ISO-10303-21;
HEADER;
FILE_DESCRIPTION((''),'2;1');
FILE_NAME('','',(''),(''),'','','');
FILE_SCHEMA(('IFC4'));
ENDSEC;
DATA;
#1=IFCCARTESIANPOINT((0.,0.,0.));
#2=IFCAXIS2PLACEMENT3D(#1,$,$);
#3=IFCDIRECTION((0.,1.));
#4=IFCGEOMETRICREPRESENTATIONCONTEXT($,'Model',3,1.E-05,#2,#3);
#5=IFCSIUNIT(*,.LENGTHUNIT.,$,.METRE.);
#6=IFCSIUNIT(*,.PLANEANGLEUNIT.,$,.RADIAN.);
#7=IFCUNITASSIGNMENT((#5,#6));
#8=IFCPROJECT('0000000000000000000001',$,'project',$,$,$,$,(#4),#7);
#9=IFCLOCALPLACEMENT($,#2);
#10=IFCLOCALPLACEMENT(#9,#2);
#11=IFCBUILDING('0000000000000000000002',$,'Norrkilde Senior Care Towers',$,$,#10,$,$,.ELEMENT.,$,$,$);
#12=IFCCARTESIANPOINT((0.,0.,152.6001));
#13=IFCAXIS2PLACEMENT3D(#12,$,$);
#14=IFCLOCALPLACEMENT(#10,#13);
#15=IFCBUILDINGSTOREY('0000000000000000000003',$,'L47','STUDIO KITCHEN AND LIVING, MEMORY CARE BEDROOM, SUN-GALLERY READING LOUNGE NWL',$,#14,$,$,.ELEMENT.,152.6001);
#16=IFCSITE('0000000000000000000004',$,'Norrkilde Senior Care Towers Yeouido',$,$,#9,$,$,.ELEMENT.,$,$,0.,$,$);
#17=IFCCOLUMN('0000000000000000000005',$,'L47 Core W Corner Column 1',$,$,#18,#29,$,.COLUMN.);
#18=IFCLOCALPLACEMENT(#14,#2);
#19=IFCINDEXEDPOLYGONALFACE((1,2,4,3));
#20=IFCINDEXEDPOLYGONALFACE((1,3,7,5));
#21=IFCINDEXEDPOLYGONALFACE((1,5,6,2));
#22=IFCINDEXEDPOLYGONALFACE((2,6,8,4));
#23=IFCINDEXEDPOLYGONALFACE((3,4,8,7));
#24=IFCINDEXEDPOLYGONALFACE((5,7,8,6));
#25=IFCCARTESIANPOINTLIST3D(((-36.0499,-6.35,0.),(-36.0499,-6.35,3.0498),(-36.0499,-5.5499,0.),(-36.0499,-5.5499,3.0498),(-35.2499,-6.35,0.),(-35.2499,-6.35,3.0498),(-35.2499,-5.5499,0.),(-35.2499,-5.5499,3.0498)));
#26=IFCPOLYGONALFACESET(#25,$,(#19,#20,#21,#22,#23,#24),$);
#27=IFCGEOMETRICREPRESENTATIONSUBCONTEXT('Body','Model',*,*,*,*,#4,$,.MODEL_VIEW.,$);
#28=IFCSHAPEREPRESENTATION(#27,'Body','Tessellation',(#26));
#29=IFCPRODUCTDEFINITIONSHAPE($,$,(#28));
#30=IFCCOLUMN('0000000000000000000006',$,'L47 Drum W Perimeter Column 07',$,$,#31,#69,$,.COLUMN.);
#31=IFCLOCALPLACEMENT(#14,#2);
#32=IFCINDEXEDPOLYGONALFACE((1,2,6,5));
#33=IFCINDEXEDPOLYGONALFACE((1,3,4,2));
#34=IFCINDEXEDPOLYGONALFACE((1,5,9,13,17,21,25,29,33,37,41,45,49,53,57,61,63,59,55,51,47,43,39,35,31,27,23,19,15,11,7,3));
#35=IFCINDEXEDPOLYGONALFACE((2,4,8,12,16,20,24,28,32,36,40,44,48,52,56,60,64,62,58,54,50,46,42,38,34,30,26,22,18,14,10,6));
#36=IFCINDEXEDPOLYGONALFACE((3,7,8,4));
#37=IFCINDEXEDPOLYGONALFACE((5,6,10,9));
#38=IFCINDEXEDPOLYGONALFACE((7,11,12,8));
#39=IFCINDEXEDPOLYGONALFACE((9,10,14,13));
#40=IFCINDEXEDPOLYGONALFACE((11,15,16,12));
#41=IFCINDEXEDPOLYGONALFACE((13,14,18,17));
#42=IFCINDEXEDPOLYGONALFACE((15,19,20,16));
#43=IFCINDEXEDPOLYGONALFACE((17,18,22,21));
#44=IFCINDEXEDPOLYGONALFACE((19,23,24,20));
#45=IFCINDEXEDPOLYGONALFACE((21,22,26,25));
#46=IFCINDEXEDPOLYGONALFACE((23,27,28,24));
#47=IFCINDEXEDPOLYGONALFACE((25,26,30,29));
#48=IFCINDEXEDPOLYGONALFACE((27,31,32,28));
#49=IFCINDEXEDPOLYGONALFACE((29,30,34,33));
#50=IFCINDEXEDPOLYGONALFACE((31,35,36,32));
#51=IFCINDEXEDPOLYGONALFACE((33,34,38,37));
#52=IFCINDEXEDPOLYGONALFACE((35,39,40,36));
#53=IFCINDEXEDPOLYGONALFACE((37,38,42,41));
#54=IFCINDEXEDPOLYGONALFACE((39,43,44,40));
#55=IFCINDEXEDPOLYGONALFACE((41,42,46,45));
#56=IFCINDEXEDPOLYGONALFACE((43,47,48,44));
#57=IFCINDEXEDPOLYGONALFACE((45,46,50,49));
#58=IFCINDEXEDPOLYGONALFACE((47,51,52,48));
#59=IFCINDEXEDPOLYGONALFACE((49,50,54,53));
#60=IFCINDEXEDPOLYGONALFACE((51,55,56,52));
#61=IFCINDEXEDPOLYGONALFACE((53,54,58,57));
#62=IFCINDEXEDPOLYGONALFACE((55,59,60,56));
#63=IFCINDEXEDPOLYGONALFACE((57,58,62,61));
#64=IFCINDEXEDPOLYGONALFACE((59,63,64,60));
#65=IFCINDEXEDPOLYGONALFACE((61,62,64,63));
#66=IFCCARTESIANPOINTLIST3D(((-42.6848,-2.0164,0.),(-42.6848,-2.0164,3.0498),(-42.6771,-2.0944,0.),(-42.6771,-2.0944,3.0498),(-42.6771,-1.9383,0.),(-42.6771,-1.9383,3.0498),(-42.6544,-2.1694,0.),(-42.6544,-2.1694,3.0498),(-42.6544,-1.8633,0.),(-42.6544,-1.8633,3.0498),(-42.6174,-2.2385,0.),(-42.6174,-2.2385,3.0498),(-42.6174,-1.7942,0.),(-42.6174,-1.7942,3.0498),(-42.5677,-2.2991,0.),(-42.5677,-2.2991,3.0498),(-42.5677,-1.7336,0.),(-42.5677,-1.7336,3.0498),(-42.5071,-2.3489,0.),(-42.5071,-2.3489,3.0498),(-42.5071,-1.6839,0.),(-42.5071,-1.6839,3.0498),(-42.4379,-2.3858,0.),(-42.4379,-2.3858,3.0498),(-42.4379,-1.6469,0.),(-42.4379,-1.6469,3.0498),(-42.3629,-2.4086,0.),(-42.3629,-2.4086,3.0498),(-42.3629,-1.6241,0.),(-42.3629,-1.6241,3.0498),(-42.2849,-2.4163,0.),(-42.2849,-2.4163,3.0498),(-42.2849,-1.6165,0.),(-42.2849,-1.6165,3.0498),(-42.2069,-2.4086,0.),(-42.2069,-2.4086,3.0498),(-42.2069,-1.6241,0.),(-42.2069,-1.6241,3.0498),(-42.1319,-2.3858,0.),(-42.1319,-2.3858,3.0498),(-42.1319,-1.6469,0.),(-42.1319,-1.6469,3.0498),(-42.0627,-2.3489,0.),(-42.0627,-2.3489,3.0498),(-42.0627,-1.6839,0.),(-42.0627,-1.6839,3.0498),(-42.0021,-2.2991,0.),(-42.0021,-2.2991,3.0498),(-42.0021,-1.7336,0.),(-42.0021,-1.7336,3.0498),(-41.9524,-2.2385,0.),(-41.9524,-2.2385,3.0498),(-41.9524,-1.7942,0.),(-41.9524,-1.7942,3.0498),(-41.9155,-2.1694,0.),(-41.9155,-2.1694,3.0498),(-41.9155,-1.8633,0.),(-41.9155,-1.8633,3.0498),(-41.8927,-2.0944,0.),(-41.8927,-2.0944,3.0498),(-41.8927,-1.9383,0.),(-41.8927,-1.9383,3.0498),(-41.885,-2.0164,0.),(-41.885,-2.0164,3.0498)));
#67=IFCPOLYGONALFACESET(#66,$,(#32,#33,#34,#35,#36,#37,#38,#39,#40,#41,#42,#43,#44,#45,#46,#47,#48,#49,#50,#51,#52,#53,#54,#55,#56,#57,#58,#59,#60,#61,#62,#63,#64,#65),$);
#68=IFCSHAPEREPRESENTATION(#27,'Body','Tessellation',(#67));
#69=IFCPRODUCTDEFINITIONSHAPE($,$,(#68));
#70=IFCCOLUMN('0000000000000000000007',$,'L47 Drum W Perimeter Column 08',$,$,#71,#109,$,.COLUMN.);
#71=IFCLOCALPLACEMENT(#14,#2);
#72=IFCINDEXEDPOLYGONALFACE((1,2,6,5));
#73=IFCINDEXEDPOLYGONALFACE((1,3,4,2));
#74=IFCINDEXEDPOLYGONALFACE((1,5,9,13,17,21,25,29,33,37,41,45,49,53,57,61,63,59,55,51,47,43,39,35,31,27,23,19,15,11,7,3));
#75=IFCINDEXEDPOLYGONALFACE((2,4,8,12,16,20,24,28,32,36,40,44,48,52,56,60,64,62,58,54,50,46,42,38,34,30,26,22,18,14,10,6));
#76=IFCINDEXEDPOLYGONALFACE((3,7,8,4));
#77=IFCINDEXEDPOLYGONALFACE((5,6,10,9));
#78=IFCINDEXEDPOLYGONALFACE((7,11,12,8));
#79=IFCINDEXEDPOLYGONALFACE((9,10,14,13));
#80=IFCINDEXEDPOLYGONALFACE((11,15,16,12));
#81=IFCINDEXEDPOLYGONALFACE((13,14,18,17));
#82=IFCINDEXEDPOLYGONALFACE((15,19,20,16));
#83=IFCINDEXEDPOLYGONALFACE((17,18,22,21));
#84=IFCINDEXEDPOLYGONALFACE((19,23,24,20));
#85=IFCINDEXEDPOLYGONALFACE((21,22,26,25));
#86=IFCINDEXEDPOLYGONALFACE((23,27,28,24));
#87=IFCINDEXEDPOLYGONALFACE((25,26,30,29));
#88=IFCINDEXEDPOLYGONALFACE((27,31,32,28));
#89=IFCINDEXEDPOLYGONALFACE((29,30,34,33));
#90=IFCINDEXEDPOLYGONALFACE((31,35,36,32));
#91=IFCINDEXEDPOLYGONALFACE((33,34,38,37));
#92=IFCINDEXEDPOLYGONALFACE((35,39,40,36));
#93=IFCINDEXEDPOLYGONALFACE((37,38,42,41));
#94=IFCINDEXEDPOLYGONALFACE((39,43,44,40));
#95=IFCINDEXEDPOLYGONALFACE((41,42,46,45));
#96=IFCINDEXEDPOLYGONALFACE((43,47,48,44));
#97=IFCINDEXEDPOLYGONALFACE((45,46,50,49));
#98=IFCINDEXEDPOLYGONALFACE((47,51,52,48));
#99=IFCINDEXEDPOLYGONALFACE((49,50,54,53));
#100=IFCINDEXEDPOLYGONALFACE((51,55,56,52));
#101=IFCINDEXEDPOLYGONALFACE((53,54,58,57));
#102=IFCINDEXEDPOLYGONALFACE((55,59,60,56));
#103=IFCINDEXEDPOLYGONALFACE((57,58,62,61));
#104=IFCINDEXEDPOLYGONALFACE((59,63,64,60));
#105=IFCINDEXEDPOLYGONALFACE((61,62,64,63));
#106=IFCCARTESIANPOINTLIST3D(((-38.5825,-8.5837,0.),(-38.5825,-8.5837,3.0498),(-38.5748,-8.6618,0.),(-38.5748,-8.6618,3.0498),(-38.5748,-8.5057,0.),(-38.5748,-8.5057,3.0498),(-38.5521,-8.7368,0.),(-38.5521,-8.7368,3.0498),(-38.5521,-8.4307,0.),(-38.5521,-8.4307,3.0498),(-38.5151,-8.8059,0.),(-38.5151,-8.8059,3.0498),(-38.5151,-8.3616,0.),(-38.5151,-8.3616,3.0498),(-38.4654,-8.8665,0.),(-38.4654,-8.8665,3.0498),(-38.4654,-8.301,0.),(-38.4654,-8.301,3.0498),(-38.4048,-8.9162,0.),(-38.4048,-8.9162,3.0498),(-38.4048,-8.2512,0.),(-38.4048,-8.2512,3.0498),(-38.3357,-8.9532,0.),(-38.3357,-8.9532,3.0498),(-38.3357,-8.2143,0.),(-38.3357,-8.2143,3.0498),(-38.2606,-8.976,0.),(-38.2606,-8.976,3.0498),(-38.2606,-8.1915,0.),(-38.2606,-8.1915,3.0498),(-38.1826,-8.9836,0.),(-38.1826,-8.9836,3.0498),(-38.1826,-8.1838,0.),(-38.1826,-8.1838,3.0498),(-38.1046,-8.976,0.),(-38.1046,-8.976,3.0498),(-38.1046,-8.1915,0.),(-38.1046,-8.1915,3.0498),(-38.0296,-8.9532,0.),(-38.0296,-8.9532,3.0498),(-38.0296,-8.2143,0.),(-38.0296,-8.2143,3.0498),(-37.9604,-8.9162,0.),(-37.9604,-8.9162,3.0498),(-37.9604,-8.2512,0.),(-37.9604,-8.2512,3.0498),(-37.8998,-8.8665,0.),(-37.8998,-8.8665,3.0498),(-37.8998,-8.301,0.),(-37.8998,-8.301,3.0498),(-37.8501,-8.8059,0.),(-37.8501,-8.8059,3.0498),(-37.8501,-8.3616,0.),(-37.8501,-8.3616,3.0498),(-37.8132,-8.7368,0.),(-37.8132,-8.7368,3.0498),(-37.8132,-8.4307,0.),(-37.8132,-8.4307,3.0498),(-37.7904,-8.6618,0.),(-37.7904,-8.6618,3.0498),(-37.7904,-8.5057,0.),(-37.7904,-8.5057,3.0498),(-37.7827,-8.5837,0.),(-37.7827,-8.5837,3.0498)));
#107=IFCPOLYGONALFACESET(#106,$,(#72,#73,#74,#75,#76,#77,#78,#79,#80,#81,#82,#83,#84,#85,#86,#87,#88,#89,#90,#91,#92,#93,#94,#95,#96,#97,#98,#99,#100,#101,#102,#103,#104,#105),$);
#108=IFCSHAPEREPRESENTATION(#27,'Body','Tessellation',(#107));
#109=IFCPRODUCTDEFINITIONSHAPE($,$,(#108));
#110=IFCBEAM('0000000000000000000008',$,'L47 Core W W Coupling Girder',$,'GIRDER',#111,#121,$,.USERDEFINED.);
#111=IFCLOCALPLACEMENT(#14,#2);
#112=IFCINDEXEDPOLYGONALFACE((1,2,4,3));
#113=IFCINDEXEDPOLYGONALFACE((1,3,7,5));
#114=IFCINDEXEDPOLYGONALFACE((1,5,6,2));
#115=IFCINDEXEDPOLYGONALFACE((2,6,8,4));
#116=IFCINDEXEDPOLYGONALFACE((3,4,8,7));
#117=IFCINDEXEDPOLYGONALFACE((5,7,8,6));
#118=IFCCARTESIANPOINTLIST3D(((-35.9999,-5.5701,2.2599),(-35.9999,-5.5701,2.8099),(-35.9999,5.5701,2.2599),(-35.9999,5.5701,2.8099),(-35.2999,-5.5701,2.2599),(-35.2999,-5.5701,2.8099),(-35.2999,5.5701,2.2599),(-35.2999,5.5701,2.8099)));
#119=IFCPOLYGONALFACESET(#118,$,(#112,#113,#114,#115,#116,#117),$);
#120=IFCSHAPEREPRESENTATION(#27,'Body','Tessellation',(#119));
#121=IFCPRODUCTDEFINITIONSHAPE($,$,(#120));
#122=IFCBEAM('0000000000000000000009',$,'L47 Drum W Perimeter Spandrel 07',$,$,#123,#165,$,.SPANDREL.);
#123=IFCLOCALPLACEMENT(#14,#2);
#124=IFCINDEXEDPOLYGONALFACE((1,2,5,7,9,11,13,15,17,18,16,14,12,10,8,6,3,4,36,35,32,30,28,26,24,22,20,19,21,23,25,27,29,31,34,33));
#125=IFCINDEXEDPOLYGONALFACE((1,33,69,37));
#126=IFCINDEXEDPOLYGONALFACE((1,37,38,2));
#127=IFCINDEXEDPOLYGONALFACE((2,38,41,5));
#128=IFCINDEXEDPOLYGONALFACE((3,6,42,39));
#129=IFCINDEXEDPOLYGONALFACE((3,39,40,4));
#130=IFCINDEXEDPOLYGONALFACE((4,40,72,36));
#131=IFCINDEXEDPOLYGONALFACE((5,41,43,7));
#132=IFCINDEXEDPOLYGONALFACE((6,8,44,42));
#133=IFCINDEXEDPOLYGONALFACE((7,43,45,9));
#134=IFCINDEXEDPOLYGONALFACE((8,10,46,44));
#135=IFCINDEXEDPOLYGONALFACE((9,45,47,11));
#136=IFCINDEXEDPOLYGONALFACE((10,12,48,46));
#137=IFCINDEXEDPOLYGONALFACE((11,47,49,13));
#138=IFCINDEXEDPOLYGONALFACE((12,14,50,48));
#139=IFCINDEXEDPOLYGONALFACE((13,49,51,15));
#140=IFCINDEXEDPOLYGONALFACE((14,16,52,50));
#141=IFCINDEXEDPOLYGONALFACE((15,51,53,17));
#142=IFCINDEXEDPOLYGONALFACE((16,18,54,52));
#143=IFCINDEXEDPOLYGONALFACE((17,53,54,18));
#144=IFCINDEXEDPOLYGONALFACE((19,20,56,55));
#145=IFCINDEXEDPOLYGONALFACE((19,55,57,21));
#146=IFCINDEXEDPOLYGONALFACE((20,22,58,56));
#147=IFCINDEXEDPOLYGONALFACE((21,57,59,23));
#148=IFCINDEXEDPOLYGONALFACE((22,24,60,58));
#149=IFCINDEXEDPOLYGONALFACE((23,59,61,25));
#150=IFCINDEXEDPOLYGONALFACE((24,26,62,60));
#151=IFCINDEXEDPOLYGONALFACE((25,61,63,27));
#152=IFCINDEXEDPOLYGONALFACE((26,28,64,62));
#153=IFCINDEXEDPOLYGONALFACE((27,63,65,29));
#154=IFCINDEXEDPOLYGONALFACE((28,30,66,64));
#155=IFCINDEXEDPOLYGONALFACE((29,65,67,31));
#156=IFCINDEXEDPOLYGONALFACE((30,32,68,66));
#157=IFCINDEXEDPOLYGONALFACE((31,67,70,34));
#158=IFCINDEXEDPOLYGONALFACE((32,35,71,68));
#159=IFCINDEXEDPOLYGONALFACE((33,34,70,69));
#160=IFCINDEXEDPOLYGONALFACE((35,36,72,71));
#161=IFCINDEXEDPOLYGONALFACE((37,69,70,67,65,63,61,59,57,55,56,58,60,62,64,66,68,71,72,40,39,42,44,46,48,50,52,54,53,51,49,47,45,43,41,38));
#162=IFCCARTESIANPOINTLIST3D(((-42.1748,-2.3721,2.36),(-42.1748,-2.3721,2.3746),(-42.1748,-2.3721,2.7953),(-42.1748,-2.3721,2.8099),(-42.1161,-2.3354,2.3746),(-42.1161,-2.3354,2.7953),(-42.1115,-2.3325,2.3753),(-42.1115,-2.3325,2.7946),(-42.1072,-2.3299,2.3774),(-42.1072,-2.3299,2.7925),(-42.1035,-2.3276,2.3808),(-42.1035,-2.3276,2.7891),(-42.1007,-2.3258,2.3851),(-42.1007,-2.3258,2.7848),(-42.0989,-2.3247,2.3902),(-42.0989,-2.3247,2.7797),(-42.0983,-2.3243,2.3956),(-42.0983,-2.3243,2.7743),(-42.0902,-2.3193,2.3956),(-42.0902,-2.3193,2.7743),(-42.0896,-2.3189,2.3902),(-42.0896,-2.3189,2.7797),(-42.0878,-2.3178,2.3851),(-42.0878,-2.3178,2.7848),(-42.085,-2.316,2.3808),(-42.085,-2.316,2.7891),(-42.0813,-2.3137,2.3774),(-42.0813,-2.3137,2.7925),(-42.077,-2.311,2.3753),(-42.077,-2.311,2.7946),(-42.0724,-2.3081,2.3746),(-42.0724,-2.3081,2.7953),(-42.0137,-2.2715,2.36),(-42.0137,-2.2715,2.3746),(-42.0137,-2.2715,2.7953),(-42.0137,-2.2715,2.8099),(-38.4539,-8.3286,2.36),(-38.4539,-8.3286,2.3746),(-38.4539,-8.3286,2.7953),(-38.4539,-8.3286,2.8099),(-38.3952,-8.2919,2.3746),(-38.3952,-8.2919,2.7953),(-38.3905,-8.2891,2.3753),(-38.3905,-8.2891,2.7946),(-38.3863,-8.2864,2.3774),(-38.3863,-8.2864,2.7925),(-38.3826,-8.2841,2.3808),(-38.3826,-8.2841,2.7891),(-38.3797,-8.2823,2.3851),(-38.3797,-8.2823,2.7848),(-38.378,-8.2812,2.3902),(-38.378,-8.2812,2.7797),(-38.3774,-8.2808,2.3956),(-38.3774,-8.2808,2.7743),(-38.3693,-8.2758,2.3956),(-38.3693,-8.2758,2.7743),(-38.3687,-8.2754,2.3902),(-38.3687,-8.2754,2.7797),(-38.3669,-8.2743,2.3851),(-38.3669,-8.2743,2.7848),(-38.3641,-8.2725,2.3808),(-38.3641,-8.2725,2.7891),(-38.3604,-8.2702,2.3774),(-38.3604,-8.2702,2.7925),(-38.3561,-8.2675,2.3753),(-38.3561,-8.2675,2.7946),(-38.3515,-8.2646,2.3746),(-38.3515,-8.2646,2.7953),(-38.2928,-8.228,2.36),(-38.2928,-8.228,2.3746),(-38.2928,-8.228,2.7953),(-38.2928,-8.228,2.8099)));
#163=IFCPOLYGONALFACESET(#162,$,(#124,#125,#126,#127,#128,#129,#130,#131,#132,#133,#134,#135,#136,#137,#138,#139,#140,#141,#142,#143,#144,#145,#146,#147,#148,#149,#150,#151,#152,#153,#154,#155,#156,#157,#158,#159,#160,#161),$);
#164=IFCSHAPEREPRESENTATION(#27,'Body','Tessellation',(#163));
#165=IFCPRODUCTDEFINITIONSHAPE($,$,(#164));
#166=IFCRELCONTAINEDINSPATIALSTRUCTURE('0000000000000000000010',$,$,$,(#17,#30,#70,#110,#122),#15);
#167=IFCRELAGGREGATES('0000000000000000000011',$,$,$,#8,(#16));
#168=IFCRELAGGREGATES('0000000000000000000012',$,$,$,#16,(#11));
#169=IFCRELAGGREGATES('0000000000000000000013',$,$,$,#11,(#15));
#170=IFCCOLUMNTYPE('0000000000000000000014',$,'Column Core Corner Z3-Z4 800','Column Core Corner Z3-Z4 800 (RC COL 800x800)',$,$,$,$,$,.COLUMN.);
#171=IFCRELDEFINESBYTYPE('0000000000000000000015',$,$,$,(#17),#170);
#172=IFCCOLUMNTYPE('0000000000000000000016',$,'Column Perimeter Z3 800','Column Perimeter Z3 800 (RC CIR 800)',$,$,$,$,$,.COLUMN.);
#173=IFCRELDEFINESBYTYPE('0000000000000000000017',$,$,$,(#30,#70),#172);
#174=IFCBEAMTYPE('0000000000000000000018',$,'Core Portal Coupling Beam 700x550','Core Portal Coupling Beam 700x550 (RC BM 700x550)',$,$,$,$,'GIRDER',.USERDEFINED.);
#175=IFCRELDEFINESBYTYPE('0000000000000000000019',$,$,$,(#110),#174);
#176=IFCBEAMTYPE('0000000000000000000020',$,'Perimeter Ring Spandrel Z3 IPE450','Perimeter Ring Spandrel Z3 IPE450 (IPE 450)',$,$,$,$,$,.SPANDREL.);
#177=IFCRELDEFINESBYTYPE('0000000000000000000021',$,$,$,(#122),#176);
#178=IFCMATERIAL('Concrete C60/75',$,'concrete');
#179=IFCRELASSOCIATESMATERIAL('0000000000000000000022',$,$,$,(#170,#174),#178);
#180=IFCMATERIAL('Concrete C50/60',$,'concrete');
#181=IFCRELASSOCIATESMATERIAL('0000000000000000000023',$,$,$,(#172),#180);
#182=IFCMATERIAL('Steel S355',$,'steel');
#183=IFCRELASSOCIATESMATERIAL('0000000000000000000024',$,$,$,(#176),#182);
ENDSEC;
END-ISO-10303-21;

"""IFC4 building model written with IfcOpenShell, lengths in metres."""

from ifc_helpers import new_model, si_unit, direction, frame, origin, origin_2d, place, context, subcontext, project, spatial, rectangle, circle, i_section, extrude, source, transform, mapped, material, material_profile, profile_set, type_object, type_shapes, element, save


model = new_model("IFC4")

# Units and contexts
model_context = context("Model", 3, precision=1e-05, world=origin(), true_north=direction((0.0, 1.0)))
body_context = subcontext(model_context, "Body", "Model", "MODEL_VIEW")
ifc_project = project(units=[si_unit("LENGTHUNIT", "METRE"), si_unit("PLANEANGLEUNIT", "RADIAN")], contexts=[model_context])

# Site, building, storey
site_placement = place(None, origin())
site = spatial("IfcSite", under=ifc_project, at=site_placement, Name="Norrkilde Senior Care Towers Yeouido", CompositionType="ELEMENT", RefElevation=0.0)
building_placement = place(site_placement, origin())
building = spatial("IfcBuilding", under=site, at=building_placement, Name="Norrkilde Senior Care Towers", CompositionType="ELEMENT")
storey_placement = place(building_placement, frame((0.0, 0.0, 152.6001)))
storey = spatial("IfcBuildingStorey", under=building, at=storey_placement, Name="L47", Description="STUDIO KITCHEN AND LIVING, MEMORY CARE BEDROOM, SUN-GALLERY READING LOUNGE NWL", CompositionType="ELEMENT", Elevation=152.6001)

# Columns
ifc_material_1 = material(Name="Concrete C60/75", Category="concrete")
ifc_material_profile_1 = material_profile(ifc_material_1, rectangle(XDim=0.8, YDim=0.8, at=origin_2d()), Name="RC COL 800x800")
ifc_profile_set_1 = profile_set([ifc_material_profile_1], Name="Concrete C60/75")
column_type_1 = type_object("IfcColumnType", Name="Column Core Corner Z3-Z4 800", Description="Column Core Corner Z3-Z4 800 (RC COL 800x800)", PredefinedType="COLUMN", material=ifc_profile_set_1)
shared_shape_1 = source(origin(), body_context, "Body", "SweptSolid", [
    extrude(rectangle(XDim=0.8, YDim=0.8, at=origin_2d()), origin(), (0.0, 0.0, 1.0), 3.0498),
])
type_shapes(column_type_1, [shared_shape_1])
column_placement = place(storey_placement, frame((-35.6499, -5.95, 0.0), z_axis=(0.0, 0.0, 1.0), x_axis=(1.0, 0.0, 0.0)))
element("IfcColumn", 1, at=column_placement, inside=storey, type_object=column_type_1, Name="L47 Core W Corner Column 1", PredefinedType="COLUMN", context=body_context, shape_type="MappedRepresentation", body=[
    mapped(shared_shape_1, transform((0.0, 0.0, 0.0), x_axis=(1.0, 0.0, 0.0), y_axis=(0.0, 1.0, 0.0), z_axis=(0.0, 0.0, 1.0), scale=1.0)),
])
ifc_material_2 = material(Name="Concrete C50/60", Category="concrete")
ifc_material_profile_2 = material_profile(ifc_material_2, circle(Radius=0.3999, at=origin_2d()), Name="RC CIR 800")
ifc_profile_set_2 = profile_set([ifc_material_profile_2], Name="Concrete C50/60")
column_type_2 = type_object("IfcColumnType", Name="Column Perimeter Z3 800", Description="Column Perimeter Z3 800 (RC CIR 800)", PredefinedType="COLUMN", material=ifc_profile_set_2)
shared_shape_2 = source(origin(), body_context, "Body", "SweptSolid", [
    extrude(circle(Radius=0.3999, at=origin_2d()), origin(), (0.0, 0.0, 1.0), 3.0498),
])
type_shapes(column_type_2, [shared_shape_2])
for number, where, z_axis, x_axis, name in (
    (2, (-42.2849, -2.0164, 0.0), (0.0, 0.0, 1.0), (1.0, 0.0, 0.0), "L47 Drum W Perimeter Column 07"),
    (3, (-38.1826, -8.5837, 0.0), (0.0, 0.0, 1.0), (1.0, 0.0, 0.0), "L47 Drum W Perimeter Column 08"),
):
    element("IfcColumn", number, at=place(storey_placement, frame(where, z_axis=z_axis, x_axis=x_axis)), inside=storey, type_object=column_type_2, Name=name, PredefinedType="COLUMN", context=body_context, shape_type="MappedRepresentation", body=[
        mapped(shared_shape_2, transform((0.0, 0.0, 0.0), x_axis=(1.0, 0.0, 0.0), y_axis=(0.0, 1.0, 0.0), z_axis=(0.0, 0.0, 1.0), scale=1.0)),
    ])

# Beams
ifc_material_profile_3 = material_profile(ifc_material_1, rectangle(XDim=0.7, YDim=0.55, at=origin_2d()), Name="RC BM 700x550")
ifc_profile_set_3 = profile_set([ifc_material_profile_3], Name="Concrete C60/75")
beam_type_1 = type_object("IfcBeamType", Name="Core Portal Coupling Beam 700x550", Description="Core Portal Coupling Beam 700x550 (RC BM 700x550)", ElementType="GIRDER", PredefinedType="USERDEFINED", material=ifc_profile_set_3)
shared_shape_3 = source(origin(), body_context, "Body", "SweptSolid", [
    extrude(rectangle(XDim=0.7, YDim=0.55, at=origin_2d()), origin(), (0.0, 0.0, 1.0), 11.1401),
])
type_shapes(beam_type_1, [shared_shape_3])
beam_1_placement = place(storey_placement, frame((-35.6499, -5.5701, 2.5349), z_axis=(0.0, 1.0, 0.0), x_axis=(-1.0, 0.0, 0.0)))
element("IfcBeam", 4, at=beam_1_placement, inside=storey, type_object=beam_type_1, Name="L47 Core W W Coupling Girder", ObjectType="GIRDER", PredefinedType="USERDEFINED", context=body_context, shape_type="MappedRepresentation", body=[
    mapped(shared_shape_3, transform((0.0, 0.0, 0.0), x_axis=(1.0, 0.0, 0.0), y_axis=(0.0, 1.0, 0.0), z_axis=(0.0, 0.0, 1.0), scale=1.0)),
])
ifc_material_3 = material(Name="Steel S355", Category="steel")
ifc_material_profile_4 = material_profile(ifc_material_3, i_section(OverallWidth=0.1899, OverallDepth=0.45, WebThickness=0.0095, FlangeThickness=0.0146, FilletRadius=0.021, at=origin_2d()), Name="IPE 450")
ifc_profile_set_4 = profile_set([ifc_material_profile_4], Name="Steel S355")
beam_type_2 = type_object("IfcBeamType", Name="Perimeter Ring Spandrel Z3 IPE450", Description="Perimeter Ring Spandrel Z3 IPE450 (IPE 450)", PredefinedType="SPANDREL", material=ifc_profile_set_4)
shared_shape_4 = source(origin(), body_context, "Body", "SweptSolid", [
    extrude(i_section(OverallWidth=0.1899, OverallDepth=0.45, WebThickness=0.0095, FlangeThickness=0.0146, FilletRadius=0.021, at=origin_2d()), origin(), (0.0, 0.0, 1.0), 7.0232),
])
beam_2_placement = place(storey_placement, frame((-42.0942, -2.3218, 2.585), z_axis=(0.529805, -0.848119, 0.0), x_axis=(0.848119, 0.529805, 0.0)))
element("IfcBeam", 5, at=beam_2_placement, inside=storey, type_object=beam_type_2, Name="L47 Drum W Perimeter Spandrel 07", PredefinedType="SPANDREL", context=body_context, shape_type="MappedRepresentation", body=[
    mapped(shared_shape_4, transform((0.0, 0.0, 0.0), x_axis=(1.0, 0.0, 0.0), y_axis=(0.0, 1.0, 0.0), z_axis=(0.0, 0.0, 1.0), scale=1.0)),
])

save(model, "model.ifc")
